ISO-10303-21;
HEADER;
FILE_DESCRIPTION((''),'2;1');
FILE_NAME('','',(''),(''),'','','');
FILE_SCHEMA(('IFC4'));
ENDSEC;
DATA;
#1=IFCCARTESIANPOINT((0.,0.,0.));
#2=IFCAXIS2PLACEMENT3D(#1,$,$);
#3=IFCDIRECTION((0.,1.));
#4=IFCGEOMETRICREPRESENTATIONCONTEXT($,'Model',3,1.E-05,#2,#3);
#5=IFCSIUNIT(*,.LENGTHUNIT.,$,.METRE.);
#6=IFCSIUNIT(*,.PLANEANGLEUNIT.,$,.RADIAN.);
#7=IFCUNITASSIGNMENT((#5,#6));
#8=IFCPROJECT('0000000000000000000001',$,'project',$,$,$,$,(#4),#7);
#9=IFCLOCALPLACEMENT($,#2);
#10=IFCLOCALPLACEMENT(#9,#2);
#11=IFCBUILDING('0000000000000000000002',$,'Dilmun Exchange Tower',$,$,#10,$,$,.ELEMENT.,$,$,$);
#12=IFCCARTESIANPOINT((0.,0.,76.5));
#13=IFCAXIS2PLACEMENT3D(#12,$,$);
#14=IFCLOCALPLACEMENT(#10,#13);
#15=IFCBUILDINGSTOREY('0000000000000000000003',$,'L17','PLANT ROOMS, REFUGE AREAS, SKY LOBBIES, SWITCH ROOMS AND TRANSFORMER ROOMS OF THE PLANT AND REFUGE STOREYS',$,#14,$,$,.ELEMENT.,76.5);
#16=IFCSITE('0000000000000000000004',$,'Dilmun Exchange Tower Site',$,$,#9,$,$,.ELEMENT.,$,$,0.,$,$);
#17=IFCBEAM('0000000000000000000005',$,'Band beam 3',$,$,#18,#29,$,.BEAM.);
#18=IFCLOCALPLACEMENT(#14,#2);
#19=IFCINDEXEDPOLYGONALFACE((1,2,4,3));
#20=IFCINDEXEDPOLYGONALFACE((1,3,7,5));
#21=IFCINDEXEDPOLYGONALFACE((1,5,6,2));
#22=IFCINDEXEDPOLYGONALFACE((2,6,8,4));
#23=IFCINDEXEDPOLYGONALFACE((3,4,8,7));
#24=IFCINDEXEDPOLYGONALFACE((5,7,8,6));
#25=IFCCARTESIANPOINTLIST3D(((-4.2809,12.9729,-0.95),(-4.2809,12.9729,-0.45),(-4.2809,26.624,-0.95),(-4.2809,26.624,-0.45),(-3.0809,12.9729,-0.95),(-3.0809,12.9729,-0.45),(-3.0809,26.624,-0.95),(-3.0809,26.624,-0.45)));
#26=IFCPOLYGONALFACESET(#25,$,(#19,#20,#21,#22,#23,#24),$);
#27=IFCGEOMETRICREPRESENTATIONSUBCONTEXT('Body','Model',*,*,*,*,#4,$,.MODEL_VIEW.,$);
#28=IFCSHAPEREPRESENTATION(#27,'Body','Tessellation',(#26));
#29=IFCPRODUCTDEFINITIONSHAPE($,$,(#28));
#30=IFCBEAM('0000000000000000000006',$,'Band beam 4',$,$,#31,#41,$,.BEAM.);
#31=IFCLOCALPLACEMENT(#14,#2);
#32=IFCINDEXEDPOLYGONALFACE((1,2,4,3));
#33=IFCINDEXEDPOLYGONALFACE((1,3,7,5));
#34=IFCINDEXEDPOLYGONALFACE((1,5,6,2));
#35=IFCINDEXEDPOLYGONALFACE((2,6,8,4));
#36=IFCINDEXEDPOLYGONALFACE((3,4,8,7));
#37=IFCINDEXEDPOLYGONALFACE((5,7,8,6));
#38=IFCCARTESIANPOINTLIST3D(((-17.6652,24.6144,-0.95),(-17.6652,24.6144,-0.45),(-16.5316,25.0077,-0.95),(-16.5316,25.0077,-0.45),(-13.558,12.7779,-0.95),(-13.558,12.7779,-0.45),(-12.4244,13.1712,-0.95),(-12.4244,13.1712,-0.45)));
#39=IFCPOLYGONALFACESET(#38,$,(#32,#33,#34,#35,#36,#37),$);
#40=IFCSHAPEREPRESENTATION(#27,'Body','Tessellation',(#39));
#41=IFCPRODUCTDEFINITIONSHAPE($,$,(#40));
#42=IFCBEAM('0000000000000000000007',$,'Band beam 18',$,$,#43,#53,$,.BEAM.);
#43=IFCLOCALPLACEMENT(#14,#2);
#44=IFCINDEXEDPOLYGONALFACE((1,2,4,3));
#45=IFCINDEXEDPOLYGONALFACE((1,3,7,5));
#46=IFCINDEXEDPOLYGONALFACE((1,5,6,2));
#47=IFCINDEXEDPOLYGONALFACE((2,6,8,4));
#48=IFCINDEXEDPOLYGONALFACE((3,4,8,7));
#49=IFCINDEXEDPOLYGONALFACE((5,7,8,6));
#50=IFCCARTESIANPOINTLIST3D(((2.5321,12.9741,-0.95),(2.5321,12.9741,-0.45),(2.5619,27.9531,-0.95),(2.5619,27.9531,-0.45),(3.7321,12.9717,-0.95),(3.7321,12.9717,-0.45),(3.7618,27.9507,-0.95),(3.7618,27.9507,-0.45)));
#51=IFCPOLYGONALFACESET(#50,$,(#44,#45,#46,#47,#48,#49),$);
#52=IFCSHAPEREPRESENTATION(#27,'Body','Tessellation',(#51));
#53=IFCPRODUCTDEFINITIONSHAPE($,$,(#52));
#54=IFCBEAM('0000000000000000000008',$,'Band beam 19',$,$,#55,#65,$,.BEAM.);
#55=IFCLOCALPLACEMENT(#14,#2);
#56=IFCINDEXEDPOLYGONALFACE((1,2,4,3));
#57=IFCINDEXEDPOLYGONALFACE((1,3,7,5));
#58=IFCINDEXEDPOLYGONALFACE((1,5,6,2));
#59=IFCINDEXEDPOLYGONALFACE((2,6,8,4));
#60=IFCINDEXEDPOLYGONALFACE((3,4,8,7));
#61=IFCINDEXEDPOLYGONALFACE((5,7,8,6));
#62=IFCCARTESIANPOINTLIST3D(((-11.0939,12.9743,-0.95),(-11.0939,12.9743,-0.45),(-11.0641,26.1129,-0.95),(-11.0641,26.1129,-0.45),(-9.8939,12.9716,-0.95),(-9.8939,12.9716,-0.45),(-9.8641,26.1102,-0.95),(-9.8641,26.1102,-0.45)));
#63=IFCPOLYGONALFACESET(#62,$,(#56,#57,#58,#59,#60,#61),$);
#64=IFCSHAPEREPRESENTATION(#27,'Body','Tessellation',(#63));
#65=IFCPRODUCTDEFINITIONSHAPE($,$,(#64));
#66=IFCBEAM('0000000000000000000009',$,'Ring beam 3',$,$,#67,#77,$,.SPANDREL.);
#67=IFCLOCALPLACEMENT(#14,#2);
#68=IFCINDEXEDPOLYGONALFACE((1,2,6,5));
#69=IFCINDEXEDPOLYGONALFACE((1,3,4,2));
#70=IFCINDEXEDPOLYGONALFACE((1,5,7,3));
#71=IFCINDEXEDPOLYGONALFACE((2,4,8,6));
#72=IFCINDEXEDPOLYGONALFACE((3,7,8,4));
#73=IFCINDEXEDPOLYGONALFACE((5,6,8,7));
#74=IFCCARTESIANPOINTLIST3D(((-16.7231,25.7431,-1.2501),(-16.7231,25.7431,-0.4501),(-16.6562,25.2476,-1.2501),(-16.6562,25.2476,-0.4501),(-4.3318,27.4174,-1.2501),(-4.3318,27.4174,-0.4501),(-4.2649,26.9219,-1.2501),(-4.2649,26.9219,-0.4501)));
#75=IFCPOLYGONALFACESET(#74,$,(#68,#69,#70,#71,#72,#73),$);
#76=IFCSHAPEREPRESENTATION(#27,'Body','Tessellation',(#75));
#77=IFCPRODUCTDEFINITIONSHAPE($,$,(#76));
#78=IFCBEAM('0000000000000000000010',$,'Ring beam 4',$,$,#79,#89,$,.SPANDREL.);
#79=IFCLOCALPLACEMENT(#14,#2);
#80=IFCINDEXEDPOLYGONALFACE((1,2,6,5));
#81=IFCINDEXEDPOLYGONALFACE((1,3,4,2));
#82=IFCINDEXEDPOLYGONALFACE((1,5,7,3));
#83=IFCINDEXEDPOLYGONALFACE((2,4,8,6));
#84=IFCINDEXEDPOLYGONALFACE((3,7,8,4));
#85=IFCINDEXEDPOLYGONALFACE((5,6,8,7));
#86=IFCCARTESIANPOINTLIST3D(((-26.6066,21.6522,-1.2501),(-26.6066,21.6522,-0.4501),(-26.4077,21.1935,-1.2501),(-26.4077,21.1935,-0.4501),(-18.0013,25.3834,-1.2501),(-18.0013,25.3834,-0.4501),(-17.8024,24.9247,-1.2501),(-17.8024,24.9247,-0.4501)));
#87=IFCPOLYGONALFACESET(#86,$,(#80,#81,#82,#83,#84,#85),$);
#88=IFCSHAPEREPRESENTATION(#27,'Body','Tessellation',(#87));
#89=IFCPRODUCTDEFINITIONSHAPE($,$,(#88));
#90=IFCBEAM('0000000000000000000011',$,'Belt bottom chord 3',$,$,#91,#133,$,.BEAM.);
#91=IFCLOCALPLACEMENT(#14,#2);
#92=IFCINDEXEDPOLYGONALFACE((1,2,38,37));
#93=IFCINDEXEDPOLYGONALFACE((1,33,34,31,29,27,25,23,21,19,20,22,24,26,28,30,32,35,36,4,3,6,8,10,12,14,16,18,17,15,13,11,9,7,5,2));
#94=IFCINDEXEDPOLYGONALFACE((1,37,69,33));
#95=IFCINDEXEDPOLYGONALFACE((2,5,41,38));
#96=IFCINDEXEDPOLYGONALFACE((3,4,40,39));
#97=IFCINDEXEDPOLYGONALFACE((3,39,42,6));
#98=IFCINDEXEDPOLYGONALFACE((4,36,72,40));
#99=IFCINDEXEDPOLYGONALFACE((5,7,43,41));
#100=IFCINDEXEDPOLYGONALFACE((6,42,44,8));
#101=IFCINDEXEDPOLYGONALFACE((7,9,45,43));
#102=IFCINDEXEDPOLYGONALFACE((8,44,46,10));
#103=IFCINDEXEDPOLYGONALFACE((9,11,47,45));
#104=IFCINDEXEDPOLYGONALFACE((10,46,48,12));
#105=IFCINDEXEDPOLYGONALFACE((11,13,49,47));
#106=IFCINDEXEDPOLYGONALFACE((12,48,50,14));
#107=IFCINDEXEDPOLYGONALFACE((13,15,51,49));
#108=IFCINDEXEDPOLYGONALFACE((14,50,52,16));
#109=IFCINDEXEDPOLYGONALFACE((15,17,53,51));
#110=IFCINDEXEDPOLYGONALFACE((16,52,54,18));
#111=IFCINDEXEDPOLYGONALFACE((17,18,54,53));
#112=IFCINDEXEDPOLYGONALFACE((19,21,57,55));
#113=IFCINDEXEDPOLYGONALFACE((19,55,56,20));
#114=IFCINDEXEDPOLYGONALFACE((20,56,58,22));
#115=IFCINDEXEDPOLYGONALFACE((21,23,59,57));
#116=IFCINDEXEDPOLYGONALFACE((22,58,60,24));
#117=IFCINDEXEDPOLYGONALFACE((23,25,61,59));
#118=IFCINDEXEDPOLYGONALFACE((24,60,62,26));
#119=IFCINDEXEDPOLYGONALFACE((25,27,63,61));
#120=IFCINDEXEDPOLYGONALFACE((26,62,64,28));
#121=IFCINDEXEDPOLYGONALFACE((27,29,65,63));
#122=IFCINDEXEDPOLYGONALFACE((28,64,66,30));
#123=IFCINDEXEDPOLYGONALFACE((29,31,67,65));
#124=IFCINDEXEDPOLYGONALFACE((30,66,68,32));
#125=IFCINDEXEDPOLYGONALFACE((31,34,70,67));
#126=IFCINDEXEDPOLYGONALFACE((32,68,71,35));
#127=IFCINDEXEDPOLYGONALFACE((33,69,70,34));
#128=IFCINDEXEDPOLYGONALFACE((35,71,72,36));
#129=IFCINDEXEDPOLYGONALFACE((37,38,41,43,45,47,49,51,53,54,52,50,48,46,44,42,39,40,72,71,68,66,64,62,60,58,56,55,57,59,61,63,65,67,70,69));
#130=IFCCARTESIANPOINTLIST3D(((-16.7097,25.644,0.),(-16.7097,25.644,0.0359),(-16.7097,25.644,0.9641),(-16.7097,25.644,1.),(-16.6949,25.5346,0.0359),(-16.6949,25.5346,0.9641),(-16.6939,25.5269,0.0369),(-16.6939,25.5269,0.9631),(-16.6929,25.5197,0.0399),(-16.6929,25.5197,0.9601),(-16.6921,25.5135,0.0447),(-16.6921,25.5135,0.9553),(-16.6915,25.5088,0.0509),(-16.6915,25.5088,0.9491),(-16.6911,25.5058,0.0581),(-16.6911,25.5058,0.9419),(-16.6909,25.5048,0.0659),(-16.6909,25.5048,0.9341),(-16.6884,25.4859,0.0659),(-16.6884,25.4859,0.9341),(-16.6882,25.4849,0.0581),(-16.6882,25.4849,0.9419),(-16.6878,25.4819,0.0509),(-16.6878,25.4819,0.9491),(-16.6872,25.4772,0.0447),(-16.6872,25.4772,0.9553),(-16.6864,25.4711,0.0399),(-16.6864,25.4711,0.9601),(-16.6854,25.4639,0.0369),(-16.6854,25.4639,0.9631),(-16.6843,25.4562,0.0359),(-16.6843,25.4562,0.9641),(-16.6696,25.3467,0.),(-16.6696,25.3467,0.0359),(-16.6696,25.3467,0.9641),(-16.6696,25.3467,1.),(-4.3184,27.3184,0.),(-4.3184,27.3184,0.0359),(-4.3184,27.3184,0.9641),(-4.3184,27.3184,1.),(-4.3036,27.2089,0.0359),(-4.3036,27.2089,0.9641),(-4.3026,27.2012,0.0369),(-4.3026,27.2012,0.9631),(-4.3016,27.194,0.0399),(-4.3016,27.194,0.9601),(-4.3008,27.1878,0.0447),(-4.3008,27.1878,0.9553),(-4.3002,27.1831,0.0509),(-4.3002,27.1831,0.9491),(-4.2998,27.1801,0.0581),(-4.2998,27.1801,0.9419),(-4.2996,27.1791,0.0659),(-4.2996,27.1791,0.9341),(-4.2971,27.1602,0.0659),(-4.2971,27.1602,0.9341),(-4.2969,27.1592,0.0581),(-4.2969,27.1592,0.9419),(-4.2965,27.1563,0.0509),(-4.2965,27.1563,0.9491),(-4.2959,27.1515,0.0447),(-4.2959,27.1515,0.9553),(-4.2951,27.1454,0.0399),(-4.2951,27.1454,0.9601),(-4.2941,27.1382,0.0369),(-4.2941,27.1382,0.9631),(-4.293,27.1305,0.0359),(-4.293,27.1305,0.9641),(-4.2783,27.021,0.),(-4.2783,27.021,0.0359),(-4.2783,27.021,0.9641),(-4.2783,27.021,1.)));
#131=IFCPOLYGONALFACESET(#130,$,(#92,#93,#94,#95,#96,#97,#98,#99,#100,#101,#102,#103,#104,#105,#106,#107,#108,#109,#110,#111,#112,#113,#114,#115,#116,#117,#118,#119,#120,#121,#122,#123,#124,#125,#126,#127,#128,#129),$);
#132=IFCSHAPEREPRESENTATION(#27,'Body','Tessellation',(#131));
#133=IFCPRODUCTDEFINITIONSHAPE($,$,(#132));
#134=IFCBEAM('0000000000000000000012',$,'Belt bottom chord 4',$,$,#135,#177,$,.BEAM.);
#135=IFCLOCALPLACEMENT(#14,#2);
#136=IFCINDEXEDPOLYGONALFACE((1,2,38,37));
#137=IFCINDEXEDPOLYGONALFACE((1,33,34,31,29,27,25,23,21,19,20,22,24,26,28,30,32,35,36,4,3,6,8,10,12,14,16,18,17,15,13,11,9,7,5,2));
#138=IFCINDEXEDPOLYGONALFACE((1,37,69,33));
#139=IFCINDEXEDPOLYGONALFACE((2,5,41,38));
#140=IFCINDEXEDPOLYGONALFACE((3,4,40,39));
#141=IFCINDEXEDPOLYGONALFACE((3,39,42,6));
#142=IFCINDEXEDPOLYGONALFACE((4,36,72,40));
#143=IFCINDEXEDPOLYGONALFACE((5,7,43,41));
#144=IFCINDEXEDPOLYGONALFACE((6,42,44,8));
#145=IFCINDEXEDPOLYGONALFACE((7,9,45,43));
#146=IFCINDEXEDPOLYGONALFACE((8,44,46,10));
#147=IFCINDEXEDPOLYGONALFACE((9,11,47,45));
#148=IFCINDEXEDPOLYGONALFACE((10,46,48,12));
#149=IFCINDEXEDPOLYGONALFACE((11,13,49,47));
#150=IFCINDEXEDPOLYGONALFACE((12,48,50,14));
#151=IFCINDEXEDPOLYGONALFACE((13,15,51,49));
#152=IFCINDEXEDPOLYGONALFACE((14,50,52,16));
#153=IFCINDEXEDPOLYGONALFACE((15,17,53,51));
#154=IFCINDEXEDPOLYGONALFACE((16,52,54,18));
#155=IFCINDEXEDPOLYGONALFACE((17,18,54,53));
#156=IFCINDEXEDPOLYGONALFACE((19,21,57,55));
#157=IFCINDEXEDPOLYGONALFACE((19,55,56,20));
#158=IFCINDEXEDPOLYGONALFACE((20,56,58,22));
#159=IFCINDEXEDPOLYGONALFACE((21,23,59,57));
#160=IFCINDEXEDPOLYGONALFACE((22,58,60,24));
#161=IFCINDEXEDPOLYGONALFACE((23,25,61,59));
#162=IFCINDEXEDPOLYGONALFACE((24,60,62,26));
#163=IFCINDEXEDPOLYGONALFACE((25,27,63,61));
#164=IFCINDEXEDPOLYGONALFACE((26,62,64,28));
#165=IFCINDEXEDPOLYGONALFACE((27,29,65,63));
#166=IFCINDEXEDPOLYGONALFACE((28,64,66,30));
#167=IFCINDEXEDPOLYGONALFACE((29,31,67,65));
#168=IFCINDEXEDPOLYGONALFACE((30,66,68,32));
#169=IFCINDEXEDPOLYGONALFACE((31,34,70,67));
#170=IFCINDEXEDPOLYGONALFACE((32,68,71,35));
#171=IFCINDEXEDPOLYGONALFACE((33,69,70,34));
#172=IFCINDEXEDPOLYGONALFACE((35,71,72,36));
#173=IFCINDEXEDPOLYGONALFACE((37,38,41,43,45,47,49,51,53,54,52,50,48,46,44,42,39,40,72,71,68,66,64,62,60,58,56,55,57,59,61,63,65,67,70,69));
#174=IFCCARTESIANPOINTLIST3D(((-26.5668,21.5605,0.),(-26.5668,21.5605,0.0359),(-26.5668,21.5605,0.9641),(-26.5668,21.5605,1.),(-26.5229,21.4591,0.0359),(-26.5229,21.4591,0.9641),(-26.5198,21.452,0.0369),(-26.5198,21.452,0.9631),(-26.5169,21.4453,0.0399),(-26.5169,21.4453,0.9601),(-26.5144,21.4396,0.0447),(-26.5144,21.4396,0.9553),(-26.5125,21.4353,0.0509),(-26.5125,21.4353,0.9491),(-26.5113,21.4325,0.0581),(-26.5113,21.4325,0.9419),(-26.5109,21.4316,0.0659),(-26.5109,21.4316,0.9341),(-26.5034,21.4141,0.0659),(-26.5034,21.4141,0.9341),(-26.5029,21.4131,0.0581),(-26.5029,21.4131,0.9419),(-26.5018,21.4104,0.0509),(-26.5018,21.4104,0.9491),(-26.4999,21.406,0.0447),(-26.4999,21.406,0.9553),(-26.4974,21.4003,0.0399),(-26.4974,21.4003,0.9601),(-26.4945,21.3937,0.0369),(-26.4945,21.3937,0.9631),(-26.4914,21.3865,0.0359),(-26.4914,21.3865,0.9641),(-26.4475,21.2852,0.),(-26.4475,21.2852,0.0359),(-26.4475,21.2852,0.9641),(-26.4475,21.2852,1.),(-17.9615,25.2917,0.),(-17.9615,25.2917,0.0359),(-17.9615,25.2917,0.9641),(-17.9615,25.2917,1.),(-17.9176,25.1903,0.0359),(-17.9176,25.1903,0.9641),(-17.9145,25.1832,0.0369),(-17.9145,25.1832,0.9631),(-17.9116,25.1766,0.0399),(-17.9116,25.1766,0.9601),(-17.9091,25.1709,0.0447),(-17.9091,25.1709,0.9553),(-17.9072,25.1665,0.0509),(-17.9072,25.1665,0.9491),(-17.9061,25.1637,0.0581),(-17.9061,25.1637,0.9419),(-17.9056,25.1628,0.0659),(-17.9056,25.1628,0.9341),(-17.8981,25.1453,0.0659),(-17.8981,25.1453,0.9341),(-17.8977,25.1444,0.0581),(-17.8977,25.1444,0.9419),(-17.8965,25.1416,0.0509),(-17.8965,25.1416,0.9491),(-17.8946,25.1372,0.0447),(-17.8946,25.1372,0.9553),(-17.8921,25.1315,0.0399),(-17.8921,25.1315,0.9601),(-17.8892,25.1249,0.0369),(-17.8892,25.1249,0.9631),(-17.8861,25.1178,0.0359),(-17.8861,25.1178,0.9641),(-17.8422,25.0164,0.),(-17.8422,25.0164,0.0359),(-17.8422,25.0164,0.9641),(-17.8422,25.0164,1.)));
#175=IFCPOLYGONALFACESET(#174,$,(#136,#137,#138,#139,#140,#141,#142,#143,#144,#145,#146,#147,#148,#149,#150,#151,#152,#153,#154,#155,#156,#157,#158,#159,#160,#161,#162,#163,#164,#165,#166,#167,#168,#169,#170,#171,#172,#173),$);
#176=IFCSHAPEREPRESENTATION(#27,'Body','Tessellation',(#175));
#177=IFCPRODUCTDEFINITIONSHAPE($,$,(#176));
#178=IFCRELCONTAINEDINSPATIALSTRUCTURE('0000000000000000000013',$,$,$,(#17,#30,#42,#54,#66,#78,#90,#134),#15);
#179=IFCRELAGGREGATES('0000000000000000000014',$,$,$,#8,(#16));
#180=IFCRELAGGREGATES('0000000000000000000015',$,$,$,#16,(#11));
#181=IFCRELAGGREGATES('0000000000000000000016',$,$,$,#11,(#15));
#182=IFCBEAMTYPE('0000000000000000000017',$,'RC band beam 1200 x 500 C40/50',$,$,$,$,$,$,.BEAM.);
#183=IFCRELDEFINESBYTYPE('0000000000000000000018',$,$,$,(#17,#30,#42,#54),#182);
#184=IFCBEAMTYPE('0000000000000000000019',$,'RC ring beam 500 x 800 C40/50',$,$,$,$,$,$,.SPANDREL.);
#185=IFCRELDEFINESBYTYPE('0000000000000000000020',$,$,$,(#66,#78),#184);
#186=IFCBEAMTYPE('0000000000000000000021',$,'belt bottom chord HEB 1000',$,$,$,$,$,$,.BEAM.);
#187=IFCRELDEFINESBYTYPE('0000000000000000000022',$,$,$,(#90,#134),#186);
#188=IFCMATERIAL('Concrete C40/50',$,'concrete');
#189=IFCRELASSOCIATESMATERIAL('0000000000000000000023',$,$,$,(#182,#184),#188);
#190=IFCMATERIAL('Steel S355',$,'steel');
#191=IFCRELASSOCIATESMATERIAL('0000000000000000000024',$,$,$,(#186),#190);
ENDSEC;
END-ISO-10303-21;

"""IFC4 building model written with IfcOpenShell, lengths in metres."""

from ifc_helpers import new_model, si_unit, direction, frame, origin, origin_2d, place, context, subcontext, project, spatial, rectangle, i_section, extrude, material, material_profile, profile_set, type_object, element, save


model = new_model("IFC4")

# Units and contexts
model_context = context("Model", 3, precision=1e-05, world=origin(), true_north=direction((0.0, 1.0)))
body_context = subcontext(model_context, "Body", "Model", "MODEL_VIEW")
ifc_project = project(units=[si_unit("LENGTHUNIT", "METRE"), si_unit("PLANEANGLEUNIT", "RADIAN")], contexts=[model_context])

# Site, building, storey
site_placement = place(None, origin())
site = spatial("IfcSite", under=ifc_project, at=site_placement, Name="Dilmun Exchange Tower Site", CompositionType="ELEMENT", RefElevation=0.0)
building_placement = place(site_placement, origin())
building = spatial("IfcBuilding", under=site, at=building_placement, Name="Dilmun Exchange Tower", CompositionType="ELEMENT")
storey_placement = place(building_placement, frame((0.0, 0.0, 76.5)))
storey = spatial("IfcBuildingStorey", under=building, at=storey_placement, Name="L17", Description="PLANT ROOMS, REFUGE AREAS, SKY LOBBIES, SWITCH ROOMS AND TRANSFORMER ROOMS OF THE PLANT AND REFUGE STOREYS", CompositionType="ELEMENT", Elevation=76.5)

# Beams
ifc_material_1 = material(Name="Concrete C40/50", Category="concrete")
ifc_material_profile_1 = material_profile(ifc_material_1, rectangle(XDim=1.2, YDim=0.5, at=origin_2d()), Name="1200 x 500")
ifc_profile_set_1 = profile_set([ifc_material_profile_1], Name="Concrete C40/50")
beam_type_1 = type_object("IfcBeamType", Name="RC band beam 1200 x 500 C40/50", PredefinedType="BEAM", material=ifc_profile_set_1)
beam_1_placement = place(storey_placement, frame((-3.6809, 26.624, -0.7), z_axis=(0.0, -1.0, 0.0), x_axis=(1.0, 0.0, 0.0)))
element("IfcBeam", 1, at=beam_1_placement, inside=storey, type_object=beam_type_1, Name="Band beam 3", PredefinedType="BEAM", context=body_context, shape_type="SweptSolid", body=[
    extrude(rectangle(XDim=1.2, YDim=0.5, at=origin_2d()), origin(), (0.0, 0.0, 1.0), 13.6511),
])
beam_2_placement = place(storey_placement, frame((-17.0984, 24.811, -0.7), z_axis=(0.32782, -0.94474, 0.0), x_axis=(0.94474, 0.32782, 0.0)))
element("IfcBeam", 2, at=beam_2_placement, inside=storey, type_object=beam_type_1, Name="Band beam 4", PredefinedType="BEAM", context=body_context, shape_type="SweptSolid", body=[
    extrude(rectangle(XDim=1.2, YDim=0.5, at=origin_2d()), origin(), (0.0, 0.0, 1.0), 12.5288),
])
beam_3_placement = place(storey_placement, frame((3.1619, 27.9519, -0.7), z_axis=(-0.001988, -0.999998, 0.0), x_axis=(0.999998, -0.001988, 0.0)))
element("IfcBeam", 3, at=beam_3_placement, inside=storey, type_object=beam_type_1, Name="Band beam 18", PredefinedType="BEAM", context=body_context, shape_type="SweptSolid", body=[
    extrude(rectangle(XDim=1.2, YDim=0.5, at=origin_2d()), origin(), (0.0, 0.0, 1.0), 14.979),
])
beam_4_placement = place(storey_placement, frame((-10.4641, 26.1116, -0.7), z_axis=(-0.002267, -0.999997, 0.0), x_axis=(0.999997, -0.002267, 0.0)))
element("IfcBeam", 4, at=beam_4_placement, inside=storey, type_object=beam_type_1, Name="Band beam 19", PredefinedType="BEAM", context=body_context, shape_type="SweptSolid", body=[
    extrude(rectangle(XDim=1.2, YDim=0.5, at=origin_2d()), origin(), (0.0, 0.0, 1.0), 13.1387),
])
ifc_material_profile_2 = material_profile(ifc_material_1, rectangle(XDim=0.5, YDim=0.8, at=origin_2d()), Name="500 x 800")
ifc_profile_set_2 = profile_set([ifc_material_profile_2], Name="Concrete C40/50")
beam_type_2 = type_object("IfcBeamType", Name="RC ring beam 500 x 800 C40/50", PredefinedType="SPANDREL", material=ifc_profile_set_2)
beam_5_placement = place(storey_placement, frame((-4.2983, 27.1697, -0.8501), z_axis=(-0.990994, -0.133903, 0.0), x_axis=(0.133903, -0.990994, 0.0)))
element("IfcBeam", 5, at=beam_5_placement, inside=storey, type_object=beam_type_2, Name="Ring beam 3", PredefinedType="SPANDREL", context=body_context, shape_type="SweptSolid", body=[
    extrude(rectangle(XDim=0.5, YDim=0.8, at=origin_2d()), origin(), (0.0, 0.0, 1.0), 12.5039),
])
beam_6_placement = place(storey_placement, frame((-17.9019, 25.1541, -0.8501), z_axis=(-0.917467, -0.397811, 0.0), x_axis=(0.397811, -0.917467, 0.0)))
element("IfcBeam", 6, at=beam_6_placement, inside=storey, type_object=beam_type_2, Name="Ring beam 4", PredefinedType="SPANDREL", context=body_context, shape_type="SweptSolid", body=[
    extrude(rectangle(XDim=0.5, YDim=0.8, at=origin_2d()), origin(), (0.0, 0.0, 1.0), 9.3794),
])
ifc_material_2 = material(Name="Steel S355", Category="steel")
ifc_material_profile_3 = material_profile(ifc_material_2, i_section(OverallWidth=0.3, OverallDepth=1.0, WebThickness=0.019, FlangeThickness=0.0359, FilletRadius=0.03, at=origin_2d()), Name="HEB 1000")
ifc_profile_set_3 = profile_set([ifc_material_profile_3], Name="Steel S355")
beam_type_3 = type_object("IfcBeamType", Name="belt bottom chord HEB 1000", PredefinedType="BEAM", material=ifc_profile_set_3)
beam_7_placement = place(storey_placement, frame((-4.2983, 27.1697, 0.5), z_axis=(-0.990994, -0.133903, 0.0), x_axis=(0.133903, -0.990994, 0.0)))
element("IfcBeam", 7, at=beam_7_placement, inside=storey, type_object=beam_type_3, Name="Belt bottom chord 3", PredefinedType="BEAM", context=body_context, shape_type="SweptSolid", body=[
    extrude(i_section(OverallWidth=0.3, OverallDepth=1.0, WebThickness=0.019, FlangeThickness=0.0359, FilletRadius=0.03, at=origin_2d()), origin(), (0.0, 0.0, 1.0), 12.5039),
])
beam_8_placement = place(storey_placement, frame((-17.9019, 25.1541, 0.5), z_axis=(-0.917467, -0.397811, 0.0), x_axis=(0.397811, -0.917467, 0.0)))
element("IfcBeam", 8, at=beam_8_placement, inside=storey, type_object=beam_type_3, Name="Belt bottom chord 4", PredefinedType="BEAM", context=body_context, shape_type="SweptSolid", body=[
    extrude(i_section(OverallWidth=0.3, OverallDepth=1.0, WebThickness=0.019, FlangeThickness=0.0359, FilletRadius=0.03, at=origin_2d()), origin(), (0.0, 0.0, 1.0), 9.3794),
])

save(model, "model.ifc")
